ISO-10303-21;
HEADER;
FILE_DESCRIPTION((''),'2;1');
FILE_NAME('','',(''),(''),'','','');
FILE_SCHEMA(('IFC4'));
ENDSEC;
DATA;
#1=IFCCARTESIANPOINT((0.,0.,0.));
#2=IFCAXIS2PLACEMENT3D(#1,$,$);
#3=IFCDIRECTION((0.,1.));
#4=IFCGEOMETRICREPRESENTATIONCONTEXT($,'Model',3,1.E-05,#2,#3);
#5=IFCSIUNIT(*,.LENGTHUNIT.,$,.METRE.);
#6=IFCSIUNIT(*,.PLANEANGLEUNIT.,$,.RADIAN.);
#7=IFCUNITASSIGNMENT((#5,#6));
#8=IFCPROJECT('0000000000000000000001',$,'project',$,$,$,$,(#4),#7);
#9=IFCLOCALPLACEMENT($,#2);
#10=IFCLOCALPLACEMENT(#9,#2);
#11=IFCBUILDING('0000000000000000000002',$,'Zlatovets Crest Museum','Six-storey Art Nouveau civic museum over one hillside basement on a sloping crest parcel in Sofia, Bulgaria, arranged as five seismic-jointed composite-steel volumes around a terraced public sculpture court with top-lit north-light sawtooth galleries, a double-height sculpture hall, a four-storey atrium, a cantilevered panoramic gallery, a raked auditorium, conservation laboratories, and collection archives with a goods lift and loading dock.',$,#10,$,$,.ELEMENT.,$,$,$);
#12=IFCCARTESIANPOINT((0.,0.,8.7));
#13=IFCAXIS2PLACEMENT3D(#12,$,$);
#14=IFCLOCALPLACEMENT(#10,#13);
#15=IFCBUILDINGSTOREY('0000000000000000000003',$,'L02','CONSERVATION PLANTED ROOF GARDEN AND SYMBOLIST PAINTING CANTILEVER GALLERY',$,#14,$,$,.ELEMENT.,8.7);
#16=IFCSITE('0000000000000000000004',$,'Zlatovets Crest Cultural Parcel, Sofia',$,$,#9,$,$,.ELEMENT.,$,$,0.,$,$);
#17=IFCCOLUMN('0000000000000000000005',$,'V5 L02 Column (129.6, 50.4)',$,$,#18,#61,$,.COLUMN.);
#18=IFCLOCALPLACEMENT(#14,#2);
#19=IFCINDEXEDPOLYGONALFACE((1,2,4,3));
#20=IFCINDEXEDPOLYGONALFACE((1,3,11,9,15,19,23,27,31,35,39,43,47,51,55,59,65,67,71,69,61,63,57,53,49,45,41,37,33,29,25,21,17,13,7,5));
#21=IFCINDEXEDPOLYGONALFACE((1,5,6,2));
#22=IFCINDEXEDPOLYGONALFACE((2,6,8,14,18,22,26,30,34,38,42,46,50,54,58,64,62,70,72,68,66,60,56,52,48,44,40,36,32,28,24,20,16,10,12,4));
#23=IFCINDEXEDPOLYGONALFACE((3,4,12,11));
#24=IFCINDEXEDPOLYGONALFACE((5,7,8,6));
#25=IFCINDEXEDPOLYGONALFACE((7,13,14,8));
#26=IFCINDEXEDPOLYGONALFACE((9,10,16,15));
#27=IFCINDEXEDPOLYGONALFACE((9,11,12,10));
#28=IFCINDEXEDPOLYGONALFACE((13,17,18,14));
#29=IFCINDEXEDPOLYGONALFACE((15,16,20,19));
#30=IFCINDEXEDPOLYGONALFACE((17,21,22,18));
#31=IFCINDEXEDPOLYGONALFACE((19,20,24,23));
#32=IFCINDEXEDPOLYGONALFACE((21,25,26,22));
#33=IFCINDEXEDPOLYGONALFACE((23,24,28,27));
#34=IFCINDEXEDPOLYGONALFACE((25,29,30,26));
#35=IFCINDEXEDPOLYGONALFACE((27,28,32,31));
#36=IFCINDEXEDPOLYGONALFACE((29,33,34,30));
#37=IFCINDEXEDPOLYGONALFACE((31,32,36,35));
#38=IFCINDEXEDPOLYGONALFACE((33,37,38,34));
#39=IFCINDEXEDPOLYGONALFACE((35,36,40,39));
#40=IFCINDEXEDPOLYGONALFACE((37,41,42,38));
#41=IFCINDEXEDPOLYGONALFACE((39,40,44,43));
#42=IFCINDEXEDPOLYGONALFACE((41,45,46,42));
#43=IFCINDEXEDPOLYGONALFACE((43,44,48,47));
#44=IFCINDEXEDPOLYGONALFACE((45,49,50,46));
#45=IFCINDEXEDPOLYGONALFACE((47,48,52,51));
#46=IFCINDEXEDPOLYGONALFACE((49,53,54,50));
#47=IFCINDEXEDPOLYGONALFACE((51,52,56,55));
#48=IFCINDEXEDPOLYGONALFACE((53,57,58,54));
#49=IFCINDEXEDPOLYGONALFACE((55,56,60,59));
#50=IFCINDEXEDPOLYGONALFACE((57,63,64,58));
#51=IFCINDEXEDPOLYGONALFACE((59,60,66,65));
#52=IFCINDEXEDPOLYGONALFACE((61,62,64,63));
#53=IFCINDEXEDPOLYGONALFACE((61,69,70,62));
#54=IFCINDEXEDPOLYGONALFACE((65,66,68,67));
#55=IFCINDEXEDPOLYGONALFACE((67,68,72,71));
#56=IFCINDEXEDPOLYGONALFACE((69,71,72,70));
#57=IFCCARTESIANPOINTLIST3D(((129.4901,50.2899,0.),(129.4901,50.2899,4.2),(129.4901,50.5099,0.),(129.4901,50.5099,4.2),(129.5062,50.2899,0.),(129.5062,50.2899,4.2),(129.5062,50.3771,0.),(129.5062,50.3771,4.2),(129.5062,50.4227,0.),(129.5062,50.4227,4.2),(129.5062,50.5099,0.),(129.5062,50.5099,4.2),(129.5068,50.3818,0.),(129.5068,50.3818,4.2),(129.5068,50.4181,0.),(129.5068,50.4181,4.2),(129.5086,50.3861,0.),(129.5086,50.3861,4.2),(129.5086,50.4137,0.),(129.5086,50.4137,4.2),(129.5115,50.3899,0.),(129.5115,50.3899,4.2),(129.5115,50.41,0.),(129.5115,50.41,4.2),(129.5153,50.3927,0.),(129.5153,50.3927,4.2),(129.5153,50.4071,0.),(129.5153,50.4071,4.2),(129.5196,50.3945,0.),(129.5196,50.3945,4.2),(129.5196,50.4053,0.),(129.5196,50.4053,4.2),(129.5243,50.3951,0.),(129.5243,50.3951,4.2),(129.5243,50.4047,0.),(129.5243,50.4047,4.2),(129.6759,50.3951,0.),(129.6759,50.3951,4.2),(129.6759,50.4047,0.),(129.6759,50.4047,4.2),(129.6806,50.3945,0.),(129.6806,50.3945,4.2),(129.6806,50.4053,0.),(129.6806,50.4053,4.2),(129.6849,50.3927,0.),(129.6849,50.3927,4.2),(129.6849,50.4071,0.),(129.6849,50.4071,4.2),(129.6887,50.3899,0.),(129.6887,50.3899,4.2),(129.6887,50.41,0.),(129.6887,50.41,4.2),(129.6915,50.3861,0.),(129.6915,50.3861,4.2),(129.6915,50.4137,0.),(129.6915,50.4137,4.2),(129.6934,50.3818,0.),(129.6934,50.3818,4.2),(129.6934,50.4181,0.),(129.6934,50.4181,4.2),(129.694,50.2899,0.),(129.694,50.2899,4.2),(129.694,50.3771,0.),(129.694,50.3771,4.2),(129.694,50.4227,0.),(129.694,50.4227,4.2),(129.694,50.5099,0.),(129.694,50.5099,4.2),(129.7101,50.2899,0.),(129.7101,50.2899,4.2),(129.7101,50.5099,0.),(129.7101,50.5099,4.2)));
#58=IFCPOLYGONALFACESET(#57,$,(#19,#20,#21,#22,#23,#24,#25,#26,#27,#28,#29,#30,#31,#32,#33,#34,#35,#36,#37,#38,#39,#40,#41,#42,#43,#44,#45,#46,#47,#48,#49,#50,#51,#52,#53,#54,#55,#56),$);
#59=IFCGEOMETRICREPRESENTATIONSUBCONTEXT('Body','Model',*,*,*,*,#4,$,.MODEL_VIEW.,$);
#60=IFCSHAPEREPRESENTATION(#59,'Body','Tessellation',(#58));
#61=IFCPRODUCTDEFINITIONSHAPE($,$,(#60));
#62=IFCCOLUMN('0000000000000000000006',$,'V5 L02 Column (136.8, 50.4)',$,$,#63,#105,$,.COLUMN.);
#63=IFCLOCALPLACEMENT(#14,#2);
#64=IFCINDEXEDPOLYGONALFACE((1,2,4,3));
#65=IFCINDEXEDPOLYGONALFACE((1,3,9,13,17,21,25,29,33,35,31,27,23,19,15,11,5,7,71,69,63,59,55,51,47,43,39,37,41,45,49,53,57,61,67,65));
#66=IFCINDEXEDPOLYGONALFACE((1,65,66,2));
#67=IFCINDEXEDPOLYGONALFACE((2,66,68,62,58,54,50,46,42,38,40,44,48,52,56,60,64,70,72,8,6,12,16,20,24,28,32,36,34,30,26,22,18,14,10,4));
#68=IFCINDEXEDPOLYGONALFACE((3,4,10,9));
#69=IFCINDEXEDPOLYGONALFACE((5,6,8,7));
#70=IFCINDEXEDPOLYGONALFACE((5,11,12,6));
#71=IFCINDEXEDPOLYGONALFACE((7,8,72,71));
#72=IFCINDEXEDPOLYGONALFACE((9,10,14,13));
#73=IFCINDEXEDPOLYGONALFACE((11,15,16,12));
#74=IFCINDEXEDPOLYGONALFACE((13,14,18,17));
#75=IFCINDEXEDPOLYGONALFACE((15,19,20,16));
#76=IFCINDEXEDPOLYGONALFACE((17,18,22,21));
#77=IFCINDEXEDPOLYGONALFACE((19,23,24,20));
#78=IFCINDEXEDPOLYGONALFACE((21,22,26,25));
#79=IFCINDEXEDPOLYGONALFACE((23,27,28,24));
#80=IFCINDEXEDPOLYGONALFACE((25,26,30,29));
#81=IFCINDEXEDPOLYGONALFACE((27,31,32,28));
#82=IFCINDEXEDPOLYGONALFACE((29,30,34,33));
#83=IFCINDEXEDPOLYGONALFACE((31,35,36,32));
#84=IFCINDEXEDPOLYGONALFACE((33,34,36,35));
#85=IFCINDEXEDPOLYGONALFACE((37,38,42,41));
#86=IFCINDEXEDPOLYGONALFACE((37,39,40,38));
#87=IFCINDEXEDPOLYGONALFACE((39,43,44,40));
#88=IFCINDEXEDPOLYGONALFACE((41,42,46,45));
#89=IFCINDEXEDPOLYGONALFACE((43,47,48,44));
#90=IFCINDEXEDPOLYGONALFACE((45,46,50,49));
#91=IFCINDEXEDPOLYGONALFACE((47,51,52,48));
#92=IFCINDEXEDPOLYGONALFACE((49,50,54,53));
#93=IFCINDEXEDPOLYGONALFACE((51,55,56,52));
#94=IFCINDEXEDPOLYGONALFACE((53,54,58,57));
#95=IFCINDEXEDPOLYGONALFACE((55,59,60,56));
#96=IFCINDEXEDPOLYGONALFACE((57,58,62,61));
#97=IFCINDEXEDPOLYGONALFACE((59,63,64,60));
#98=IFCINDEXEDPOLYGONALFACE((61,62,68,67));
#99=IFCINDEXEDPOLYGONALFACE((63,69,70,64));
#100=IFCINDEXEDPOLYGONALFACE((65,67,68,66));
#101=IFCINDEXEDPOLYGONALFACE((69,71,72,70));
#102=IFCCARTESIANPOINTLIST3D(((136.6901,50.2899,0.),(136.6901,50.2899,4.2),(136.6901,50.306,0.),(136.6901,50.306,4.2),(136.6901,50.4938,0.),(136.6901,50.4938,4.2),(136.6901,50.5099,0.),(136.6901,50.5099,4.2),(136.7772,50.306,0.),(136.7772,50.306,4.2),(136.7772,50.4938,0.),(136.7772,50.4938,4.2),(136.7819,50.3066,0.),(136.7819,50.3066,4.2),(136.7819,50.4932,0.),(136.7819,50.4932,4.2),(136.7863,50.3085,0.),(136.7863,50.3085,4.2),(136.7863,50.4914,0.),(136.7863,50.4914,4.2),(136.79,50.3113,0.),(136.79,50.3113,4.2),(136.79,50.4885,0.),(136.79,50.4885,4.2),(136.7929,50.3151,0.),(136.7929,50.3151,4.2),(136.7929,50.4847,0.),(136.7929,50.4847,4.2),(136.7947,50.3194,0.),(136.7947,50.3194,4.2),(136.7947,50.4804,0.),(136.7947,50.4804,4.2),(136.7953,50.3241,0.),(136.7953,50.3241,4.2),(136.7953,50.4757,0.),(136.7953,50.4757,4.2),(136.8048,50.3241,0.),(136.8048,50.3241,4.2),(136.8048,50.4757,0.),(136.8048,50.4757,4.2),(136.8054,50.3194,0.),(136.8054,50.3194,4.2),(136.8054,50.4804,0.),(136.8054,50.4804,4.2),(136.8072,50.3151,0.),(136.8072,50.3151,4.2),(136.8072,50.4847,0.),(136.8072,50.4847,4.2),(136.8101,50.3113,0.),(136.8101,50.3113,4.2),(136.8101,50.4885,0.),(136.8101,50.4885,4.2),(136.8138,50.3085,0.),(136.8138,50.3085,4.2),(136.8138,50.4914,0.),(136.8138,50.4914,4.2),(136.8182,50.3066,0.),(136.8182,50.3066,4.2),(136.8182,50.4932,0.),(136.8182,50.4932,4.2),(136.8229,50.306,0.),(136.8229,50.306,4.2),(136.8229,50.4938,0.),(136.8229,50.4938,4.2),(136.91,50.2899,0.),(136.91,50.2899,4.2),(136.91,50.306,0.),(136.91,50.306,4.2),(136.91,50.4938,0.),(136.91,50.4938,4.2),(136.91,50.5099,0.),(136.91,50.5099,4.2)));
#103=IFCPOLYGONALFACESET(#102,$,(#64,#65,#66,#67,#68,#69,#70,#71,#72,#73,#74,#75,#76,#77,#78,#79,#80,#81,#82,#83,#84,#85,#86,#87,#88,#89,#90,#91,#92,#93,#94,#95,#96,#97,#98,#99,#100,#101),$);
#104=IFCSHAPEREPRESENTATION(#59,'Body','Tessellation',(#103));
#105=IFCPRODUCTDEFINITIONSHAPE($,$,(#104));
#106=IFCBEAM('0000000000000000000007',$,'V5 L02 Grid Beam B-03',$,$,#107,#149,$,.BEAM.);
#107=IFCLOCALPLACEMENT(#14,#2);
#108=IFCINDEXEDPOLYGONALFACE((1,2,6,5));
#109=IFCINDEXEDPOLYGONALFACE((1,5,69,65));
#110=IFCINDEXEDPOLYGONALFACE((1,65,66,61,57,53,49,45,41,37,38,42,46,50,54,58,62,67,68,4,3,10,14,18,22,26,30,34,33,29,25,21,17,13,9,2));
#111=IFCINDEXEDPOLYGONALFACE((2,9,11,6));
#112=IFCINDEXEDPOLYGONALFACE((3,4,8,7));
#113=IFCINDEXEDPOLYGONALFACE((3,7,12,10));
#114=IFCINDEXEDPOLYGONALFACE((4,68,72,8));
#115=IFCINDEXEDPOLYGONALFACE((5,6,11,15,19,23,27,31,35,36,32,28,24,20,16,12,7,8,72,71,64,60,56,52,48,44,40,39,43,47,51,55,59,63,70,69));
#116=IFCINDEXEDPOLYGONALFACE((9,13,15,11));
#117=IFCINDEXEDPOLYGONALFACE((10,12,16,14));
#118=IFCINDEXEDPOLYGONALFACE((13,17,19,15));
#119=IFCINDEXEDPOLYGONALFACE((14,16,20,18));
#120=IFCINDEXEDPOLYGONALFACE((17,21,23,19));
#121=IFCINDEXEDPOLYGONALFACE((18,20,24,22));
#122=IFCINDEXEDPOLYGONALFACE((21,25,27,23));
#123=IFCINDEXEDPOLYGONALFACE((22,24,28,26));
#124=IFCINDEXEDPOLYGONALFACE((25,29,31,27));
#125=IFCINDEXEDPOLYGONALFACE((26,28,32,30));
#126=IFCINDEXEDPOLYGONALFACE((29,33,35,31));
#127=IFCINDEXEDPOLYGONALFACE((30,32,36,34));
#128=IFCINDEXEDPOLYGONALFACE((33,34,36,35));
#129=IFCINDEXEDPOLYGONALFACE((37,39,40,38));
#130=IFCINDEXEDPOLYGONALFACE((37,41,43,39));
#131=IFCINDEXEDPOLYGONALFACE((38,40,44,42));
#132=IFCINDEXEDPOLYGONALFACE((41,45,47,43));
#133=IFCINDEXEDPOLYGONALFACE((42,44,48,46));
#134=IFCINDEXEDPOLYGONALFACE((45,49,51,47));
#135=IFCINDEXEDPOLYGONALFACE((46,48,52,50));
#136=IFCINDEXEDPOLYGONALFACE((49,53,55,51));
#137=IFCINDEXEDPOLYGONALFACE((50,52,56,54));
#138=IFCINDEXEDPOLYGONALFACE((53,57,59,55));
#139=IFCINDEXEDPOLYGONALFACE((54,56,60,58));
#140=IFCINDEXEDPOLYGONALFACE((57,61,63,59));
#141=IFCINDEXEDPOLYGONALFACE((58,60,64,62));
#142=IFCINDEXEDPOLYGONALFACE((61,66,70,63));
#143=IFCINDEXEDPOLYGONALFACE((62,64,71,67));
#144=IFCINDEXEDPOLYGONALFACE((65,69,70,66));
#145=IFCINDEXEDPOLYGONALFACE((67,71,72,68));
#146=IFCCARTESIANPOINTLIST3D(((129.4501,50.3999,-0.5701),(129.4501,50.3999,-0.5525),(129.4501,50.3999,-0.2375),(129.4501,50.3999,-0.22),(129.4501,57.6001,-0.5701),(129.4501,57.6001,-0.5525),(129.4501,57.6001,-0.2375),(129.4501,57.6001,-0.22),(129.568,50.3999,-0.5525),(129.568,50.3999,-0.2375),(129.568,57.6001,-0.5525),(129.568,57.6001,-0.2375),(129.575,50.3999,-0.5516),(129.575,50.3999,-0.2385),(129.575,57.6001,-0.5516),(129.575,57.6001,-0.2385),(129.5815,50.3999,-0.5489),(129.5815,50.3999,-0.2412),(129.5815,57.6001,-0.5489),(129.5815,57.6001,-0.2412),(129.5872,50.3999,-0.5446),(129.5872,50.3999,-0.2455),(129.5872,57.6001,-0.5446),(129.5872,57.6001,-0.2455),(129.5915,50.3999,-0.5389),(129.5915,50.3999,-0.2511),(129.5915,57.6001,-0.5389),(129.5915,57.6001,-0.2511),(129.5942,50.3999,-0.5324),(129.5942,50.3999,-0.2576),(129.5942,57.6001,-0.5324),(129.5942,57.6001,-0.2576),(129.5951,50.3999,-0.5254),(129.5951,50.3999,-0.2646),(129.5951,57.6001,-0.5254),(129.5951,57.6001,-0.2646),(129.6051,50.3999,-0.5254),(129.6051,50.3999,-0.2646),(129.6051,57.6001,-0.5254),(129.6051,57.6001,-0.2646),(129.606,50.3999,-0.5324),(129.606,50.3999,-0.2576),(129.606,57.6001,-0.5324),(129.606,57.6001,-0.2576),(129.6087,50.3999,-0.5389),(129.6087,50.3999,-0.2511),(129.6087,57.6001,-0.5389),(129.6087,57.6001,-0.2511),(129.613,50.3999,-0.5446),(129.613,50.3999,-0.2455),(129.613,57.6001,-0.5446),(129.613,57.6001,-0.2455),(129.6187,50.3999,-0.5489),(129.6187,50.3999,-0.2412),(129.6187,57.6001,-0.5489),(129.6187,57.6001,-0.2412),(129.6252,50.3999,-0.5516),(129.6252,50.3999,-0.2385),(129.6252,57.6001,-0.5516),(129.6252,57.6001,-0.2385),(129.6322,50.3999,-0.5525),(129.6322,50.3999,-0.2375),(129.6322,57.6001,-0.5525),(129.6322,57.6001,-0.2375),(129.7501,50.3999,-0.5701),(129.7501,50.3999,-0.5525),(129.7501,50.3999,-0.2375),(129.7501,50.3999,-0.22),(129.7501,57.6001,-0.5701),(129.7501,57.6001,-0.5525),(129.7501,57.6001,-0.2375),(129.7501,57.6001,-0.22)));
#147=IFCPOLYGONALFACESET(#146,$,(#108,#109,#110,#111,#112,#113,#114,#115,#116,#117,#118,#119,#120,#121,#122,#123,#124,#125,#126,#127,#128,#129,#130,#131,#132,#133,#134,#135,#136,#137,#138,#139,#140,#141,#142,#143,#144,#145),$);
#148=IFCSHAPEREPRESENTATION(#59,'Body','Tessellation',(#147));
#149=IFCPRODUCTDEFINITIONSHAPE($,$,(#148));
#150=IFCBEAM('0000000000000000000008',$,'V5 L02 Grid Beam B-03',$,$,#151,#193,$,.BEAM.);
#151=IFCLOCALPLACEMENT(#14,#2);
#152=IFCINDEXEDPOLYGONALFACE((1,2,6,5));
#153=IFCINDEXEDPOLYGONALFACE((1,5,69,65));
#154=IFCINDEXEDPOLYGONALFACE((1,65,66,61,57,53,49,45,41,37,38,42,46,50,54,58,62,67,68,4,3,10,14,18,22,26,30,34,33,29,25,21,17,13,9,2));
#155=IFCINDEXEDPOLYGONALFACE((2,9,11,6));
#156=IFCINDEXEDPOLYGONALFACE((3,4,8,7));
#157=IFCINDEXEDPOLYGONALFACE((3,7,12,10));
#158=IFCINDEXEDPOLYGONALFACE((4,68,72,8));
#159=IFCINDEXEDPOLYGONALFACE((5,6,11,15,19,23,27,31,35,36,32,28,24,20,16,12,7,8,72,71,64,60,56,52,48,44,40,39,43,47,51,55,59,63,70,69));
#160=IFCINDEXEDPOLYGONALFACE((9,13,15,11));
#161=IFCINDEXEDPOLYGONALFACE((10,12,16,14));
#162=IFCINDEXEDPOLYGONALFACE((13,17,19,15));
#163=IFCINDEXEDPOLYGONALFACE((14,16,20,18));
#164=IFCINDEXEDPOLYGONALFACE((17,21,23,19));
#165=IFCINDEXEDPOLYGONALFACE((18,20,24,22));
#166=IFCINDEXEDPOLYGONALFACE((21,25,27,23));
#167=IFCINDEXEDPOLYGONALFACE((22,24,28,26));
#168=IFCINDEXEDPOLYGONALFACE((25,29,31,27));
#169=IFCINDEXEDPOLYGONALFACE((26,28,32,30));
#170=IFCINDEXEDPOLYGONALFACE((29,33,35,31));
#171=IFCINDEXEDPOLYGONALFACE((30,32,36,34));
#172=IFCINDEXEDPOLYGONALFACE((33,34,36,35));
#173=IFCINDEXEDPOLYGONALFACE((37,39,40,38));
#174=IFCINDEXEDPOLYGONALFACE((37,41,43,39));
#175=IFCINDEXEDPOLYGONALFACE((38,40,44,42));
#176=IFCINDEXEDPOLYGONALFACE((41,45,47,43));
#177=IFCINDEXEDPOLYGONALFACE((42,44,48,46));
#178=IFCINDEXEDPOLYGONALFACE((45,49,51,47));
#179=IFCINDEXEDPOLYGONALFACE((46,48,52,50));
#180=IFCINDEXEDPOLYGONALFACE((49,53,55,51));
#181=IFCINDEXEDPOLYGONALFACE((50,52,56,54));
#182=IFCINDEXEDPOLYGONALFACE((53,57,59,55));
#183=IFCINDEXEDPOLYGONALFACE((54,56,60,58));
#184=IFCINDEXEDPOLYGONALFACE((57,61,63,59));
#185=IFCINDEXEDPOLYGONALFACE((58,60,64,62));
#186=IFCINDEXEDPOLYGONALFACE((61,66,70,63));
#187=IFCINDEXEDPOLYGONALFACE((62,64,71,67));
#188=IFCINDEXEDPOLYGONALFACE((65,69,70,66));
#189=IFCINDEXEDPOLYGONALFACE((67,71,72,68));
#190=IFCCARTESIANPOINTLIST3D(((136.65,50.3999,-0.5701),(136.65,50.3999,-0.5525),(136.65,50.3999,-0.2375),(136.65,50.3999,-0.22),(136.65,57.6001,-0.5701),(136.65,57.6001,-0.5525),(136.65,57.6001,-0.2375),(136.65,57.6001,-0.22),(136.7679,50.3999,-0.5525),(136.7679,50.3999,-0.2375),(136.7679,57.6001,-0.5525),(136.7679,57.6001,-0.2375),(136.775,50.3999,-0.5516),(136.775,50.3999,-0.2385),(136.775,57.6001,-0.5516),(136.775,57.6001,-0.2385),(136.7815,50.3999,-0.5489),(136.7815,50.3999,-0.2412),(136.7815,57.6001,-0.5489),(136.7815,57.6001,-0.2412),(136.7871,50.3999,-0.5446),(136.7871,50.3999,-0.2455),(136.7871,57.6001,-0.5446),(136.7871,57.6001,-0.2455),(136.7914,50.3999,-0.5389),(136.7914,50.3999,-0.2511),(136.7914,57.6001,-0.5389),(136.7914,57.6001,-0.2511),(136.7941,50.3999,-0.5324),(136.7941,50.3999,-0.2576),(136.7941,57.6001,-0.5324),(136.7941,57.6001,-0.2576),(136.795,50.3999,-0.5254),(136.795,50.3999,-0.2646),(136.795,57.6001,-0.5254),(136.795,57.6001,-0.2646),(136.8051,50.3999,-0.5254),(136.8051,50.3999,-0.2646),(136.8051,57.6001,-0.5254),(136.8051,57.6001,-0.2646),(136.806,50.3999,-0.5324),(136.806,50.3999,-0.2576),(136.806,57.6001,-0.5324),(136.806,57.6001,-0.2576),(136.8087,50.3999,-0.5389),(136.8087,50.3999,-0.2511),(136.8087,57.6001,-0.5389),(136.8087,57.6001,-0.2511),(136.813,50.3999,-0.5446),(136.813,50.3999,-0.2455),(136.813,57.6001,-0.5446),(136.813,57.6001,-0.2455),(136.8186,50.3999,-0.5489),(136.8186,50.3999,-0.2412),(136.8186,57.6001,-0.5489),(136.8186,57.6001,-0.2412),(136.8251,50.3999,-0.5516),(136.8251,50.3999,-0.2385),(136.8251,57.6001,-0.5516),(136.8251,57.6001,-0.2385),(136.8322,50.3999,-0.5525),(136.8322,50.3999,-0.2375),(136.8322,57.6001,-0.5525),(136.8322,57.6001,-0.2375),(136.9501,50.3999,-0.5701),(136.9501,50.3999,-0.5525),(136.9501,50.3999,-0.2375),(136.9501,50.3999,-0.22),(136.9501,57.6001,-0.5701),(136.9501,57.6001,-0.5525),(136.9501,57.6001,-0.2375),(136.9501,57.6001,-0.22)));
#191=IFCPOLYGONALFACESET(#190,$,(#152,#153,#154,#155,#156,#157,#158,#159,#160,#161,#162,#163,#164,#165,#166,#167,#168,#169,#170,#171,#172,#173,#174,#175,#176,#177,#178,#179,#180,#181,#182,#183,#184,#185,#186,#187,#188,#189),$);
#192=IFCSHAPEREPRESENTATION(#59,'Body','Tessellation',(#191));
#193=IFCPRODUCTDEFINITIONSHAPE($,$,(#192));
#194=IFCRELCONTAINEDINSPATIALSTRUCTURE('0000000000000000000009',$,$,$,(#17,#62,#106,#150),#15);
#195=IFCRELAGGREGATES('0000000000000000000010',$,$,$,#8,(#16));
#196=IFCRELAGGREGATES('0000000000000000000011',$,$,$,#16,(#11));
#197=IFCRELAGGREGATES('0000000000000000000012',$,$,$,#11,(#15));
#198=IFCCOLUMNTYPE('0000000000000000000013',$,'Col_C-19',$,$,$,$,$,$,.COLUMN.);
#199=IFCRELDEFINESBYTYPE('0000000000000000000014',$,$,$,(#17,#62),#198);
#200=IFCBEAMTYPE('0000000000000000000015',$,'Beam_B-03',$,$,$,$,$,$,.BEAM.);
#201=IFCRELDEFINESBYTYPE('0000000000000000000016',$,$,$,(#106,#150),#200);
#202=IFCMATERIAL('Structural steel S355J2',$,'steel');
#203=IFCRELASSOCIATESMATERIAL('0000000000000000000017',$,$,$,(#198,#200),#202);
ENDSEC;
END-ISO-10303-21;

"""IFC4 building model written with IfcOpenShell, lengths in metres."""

from ifc_helpers import new_model, si_unit, direction, frame, origin, origin_2d, place, context, subcontext, project, spatial, i_section, extrude, material, material_profile, profile_set, type_object, element, save


model = new_model("IFC4")

# Units and contexts
model_context = context("Model", 3, precision=1e-05, world=origin(), true_north=direction((0.0, 1.0)))
body_context = subcontext(model_context, "Body", "Model", "MODEL_VIEW")
ifc_project = project(units=[si_unit("LENGTHUNIT", "METRE"), si_unit("PLANEANGLEUNIT", "RADIAN")], contexts=[model_context])

# Site, building, storey
site_placement = place(None, origin())
site = spatial("IfcSite", under=ifc_project, at=site_placement, Name="Zlatovets Crest Cultural Parcel, Sofia", CompositionType="ELEMENT", RefElevation=0.0)
building_placement = place(site_placement, origin())
building = spatial("IfcBuilding", under=site, at=building_placement, Name="Zlatovets Crest Museum", Description="Six-storey Art Nouveau civic museum over one hillside basement on a sloping crest parcel in Sofia, Bulgaria, arranged as five seismic-jointed composite-steel volumes around a terraced public sculpture court with top-lit north-light sawtooth galleries, a double-height sculpture hall, a four-storey atrium, a cantilevered panoramic gallery, a raked auditorium, conservation laboratories, and collection archives with a goods lift and loading dock.", CompositionType="ELEMENT")
storey_placement = place(building_placement, frame((0.0, 0.0, 8.7)))
storey = spatial("IfcBuildingStorey", under=building, at=storey_placement, Name="L02", Description="CONSERVATION PLANTED ROOF GARDEN AND SYMBOLIST PAINTING CANTILEVER GALLERY", CompositionType="ELEMENT", Elevation=8.7)

# Columns
ifc_material_1 = material(Name="Structural steel S355J2", Category="steel")
ifc_material_profile_1 = material_profile(ifc_material_1, i_section(OverallWidth=0.22, OverallDepth=0.22, WebThickness=0.0095, FlangeThickness=0.0161, FilletRadius=0.0181, at=origin_2d()), Name="HEB 220")
ifc_profile_set_1 = profile_set([ifc_material_profile_1], Name="Structural steel S355J2")
column_type = type_object("IfcColumnType", Name="Col_C-19", PredefinedType="COLUMN", material=ifc_profile_set_1)
for number, where, z_axis, x_axis, name in (
    (1, (129.6001, 50.3999, 0.0), (0.0, 0.0, 1.0), (0.0, 1.0, 0.0), "V5 L02 Column (129.6, 50.4)"),
    (2, (136.8, 50.3999, 0.0), (0.0, 0.0, 1.0), (1.0, 0.0, 0.0), "V5 L02 Column (136.8, 50.4)"),
):
    element("IfcColumn", number, at=place(storey_placement, frame(where, z_axis=z_axis, x_axis=x_axis)), inside=storey, type_object=column_type, Name=name, PredefinedType="COLUMN", context=body_context, shape_type="SweptSolid", body=[
        extrude(i_section(OverallWidth=0.22, OverallDepth=0.22, WebThickness=0.0095, FlangeThickness=0.0161, FilletRadius=0.0181, at=origin_2d()), origin(), (0.0, 0.0, 1.0), 4.2),
    ])

# Beams
ifc_material_profile_2 = material_profile(ifc_material_1, i_section(OverallWidth=0.3, OverallDepth=0.3501, WebThickness=0.01, FlangeThickness=0.0176, FilletRadius=0.0271, at=origin_2d()), Name="HEA 360")
ifc_profile_set_2 = profile_set([ifc_material_profile_2], Name="Structural steel S355J2")
beam_type_1 = type_object("IfcBeamType", Name="Beam_B-03", PredefinedType="BEAM", material=ifc_profile_set_2)
for number, where, z_axis, x_axis, name in (
    (3, (129.6001, 50.3999, -0.395), (0.0, 1.0, 0.0), (-1.0, 0.0, 0.0), "V5 L02 Grid Beam B-03"),
    (4, (136.8, 50.3999, -0.395), (0.0, 1.0, 0.0), (-1.0, 0.0, 0.0), "V5 L02 Grid Beam B-03"),
):
    element("IfcBeam", number, at=place(storey_placement, frame(where, z_axis=z_axis, x_axis=x_axis)), inside=storey, type_object=beam_type_1, Name=name, PredefinedType="BEAM", context=body_context, shape_type="SweptSolid", body=[
        extrude(i_section(OverallWidth=0.3, OverallDepth=0.3501, WebThickness=0.01, FlangeThickness=0.0176, FilletRadius=0.0271, at=origin_2d()), origin(), (0.0, 0.0, 1.0), 7.2002),
    ])

save(model, "model.ifc")
